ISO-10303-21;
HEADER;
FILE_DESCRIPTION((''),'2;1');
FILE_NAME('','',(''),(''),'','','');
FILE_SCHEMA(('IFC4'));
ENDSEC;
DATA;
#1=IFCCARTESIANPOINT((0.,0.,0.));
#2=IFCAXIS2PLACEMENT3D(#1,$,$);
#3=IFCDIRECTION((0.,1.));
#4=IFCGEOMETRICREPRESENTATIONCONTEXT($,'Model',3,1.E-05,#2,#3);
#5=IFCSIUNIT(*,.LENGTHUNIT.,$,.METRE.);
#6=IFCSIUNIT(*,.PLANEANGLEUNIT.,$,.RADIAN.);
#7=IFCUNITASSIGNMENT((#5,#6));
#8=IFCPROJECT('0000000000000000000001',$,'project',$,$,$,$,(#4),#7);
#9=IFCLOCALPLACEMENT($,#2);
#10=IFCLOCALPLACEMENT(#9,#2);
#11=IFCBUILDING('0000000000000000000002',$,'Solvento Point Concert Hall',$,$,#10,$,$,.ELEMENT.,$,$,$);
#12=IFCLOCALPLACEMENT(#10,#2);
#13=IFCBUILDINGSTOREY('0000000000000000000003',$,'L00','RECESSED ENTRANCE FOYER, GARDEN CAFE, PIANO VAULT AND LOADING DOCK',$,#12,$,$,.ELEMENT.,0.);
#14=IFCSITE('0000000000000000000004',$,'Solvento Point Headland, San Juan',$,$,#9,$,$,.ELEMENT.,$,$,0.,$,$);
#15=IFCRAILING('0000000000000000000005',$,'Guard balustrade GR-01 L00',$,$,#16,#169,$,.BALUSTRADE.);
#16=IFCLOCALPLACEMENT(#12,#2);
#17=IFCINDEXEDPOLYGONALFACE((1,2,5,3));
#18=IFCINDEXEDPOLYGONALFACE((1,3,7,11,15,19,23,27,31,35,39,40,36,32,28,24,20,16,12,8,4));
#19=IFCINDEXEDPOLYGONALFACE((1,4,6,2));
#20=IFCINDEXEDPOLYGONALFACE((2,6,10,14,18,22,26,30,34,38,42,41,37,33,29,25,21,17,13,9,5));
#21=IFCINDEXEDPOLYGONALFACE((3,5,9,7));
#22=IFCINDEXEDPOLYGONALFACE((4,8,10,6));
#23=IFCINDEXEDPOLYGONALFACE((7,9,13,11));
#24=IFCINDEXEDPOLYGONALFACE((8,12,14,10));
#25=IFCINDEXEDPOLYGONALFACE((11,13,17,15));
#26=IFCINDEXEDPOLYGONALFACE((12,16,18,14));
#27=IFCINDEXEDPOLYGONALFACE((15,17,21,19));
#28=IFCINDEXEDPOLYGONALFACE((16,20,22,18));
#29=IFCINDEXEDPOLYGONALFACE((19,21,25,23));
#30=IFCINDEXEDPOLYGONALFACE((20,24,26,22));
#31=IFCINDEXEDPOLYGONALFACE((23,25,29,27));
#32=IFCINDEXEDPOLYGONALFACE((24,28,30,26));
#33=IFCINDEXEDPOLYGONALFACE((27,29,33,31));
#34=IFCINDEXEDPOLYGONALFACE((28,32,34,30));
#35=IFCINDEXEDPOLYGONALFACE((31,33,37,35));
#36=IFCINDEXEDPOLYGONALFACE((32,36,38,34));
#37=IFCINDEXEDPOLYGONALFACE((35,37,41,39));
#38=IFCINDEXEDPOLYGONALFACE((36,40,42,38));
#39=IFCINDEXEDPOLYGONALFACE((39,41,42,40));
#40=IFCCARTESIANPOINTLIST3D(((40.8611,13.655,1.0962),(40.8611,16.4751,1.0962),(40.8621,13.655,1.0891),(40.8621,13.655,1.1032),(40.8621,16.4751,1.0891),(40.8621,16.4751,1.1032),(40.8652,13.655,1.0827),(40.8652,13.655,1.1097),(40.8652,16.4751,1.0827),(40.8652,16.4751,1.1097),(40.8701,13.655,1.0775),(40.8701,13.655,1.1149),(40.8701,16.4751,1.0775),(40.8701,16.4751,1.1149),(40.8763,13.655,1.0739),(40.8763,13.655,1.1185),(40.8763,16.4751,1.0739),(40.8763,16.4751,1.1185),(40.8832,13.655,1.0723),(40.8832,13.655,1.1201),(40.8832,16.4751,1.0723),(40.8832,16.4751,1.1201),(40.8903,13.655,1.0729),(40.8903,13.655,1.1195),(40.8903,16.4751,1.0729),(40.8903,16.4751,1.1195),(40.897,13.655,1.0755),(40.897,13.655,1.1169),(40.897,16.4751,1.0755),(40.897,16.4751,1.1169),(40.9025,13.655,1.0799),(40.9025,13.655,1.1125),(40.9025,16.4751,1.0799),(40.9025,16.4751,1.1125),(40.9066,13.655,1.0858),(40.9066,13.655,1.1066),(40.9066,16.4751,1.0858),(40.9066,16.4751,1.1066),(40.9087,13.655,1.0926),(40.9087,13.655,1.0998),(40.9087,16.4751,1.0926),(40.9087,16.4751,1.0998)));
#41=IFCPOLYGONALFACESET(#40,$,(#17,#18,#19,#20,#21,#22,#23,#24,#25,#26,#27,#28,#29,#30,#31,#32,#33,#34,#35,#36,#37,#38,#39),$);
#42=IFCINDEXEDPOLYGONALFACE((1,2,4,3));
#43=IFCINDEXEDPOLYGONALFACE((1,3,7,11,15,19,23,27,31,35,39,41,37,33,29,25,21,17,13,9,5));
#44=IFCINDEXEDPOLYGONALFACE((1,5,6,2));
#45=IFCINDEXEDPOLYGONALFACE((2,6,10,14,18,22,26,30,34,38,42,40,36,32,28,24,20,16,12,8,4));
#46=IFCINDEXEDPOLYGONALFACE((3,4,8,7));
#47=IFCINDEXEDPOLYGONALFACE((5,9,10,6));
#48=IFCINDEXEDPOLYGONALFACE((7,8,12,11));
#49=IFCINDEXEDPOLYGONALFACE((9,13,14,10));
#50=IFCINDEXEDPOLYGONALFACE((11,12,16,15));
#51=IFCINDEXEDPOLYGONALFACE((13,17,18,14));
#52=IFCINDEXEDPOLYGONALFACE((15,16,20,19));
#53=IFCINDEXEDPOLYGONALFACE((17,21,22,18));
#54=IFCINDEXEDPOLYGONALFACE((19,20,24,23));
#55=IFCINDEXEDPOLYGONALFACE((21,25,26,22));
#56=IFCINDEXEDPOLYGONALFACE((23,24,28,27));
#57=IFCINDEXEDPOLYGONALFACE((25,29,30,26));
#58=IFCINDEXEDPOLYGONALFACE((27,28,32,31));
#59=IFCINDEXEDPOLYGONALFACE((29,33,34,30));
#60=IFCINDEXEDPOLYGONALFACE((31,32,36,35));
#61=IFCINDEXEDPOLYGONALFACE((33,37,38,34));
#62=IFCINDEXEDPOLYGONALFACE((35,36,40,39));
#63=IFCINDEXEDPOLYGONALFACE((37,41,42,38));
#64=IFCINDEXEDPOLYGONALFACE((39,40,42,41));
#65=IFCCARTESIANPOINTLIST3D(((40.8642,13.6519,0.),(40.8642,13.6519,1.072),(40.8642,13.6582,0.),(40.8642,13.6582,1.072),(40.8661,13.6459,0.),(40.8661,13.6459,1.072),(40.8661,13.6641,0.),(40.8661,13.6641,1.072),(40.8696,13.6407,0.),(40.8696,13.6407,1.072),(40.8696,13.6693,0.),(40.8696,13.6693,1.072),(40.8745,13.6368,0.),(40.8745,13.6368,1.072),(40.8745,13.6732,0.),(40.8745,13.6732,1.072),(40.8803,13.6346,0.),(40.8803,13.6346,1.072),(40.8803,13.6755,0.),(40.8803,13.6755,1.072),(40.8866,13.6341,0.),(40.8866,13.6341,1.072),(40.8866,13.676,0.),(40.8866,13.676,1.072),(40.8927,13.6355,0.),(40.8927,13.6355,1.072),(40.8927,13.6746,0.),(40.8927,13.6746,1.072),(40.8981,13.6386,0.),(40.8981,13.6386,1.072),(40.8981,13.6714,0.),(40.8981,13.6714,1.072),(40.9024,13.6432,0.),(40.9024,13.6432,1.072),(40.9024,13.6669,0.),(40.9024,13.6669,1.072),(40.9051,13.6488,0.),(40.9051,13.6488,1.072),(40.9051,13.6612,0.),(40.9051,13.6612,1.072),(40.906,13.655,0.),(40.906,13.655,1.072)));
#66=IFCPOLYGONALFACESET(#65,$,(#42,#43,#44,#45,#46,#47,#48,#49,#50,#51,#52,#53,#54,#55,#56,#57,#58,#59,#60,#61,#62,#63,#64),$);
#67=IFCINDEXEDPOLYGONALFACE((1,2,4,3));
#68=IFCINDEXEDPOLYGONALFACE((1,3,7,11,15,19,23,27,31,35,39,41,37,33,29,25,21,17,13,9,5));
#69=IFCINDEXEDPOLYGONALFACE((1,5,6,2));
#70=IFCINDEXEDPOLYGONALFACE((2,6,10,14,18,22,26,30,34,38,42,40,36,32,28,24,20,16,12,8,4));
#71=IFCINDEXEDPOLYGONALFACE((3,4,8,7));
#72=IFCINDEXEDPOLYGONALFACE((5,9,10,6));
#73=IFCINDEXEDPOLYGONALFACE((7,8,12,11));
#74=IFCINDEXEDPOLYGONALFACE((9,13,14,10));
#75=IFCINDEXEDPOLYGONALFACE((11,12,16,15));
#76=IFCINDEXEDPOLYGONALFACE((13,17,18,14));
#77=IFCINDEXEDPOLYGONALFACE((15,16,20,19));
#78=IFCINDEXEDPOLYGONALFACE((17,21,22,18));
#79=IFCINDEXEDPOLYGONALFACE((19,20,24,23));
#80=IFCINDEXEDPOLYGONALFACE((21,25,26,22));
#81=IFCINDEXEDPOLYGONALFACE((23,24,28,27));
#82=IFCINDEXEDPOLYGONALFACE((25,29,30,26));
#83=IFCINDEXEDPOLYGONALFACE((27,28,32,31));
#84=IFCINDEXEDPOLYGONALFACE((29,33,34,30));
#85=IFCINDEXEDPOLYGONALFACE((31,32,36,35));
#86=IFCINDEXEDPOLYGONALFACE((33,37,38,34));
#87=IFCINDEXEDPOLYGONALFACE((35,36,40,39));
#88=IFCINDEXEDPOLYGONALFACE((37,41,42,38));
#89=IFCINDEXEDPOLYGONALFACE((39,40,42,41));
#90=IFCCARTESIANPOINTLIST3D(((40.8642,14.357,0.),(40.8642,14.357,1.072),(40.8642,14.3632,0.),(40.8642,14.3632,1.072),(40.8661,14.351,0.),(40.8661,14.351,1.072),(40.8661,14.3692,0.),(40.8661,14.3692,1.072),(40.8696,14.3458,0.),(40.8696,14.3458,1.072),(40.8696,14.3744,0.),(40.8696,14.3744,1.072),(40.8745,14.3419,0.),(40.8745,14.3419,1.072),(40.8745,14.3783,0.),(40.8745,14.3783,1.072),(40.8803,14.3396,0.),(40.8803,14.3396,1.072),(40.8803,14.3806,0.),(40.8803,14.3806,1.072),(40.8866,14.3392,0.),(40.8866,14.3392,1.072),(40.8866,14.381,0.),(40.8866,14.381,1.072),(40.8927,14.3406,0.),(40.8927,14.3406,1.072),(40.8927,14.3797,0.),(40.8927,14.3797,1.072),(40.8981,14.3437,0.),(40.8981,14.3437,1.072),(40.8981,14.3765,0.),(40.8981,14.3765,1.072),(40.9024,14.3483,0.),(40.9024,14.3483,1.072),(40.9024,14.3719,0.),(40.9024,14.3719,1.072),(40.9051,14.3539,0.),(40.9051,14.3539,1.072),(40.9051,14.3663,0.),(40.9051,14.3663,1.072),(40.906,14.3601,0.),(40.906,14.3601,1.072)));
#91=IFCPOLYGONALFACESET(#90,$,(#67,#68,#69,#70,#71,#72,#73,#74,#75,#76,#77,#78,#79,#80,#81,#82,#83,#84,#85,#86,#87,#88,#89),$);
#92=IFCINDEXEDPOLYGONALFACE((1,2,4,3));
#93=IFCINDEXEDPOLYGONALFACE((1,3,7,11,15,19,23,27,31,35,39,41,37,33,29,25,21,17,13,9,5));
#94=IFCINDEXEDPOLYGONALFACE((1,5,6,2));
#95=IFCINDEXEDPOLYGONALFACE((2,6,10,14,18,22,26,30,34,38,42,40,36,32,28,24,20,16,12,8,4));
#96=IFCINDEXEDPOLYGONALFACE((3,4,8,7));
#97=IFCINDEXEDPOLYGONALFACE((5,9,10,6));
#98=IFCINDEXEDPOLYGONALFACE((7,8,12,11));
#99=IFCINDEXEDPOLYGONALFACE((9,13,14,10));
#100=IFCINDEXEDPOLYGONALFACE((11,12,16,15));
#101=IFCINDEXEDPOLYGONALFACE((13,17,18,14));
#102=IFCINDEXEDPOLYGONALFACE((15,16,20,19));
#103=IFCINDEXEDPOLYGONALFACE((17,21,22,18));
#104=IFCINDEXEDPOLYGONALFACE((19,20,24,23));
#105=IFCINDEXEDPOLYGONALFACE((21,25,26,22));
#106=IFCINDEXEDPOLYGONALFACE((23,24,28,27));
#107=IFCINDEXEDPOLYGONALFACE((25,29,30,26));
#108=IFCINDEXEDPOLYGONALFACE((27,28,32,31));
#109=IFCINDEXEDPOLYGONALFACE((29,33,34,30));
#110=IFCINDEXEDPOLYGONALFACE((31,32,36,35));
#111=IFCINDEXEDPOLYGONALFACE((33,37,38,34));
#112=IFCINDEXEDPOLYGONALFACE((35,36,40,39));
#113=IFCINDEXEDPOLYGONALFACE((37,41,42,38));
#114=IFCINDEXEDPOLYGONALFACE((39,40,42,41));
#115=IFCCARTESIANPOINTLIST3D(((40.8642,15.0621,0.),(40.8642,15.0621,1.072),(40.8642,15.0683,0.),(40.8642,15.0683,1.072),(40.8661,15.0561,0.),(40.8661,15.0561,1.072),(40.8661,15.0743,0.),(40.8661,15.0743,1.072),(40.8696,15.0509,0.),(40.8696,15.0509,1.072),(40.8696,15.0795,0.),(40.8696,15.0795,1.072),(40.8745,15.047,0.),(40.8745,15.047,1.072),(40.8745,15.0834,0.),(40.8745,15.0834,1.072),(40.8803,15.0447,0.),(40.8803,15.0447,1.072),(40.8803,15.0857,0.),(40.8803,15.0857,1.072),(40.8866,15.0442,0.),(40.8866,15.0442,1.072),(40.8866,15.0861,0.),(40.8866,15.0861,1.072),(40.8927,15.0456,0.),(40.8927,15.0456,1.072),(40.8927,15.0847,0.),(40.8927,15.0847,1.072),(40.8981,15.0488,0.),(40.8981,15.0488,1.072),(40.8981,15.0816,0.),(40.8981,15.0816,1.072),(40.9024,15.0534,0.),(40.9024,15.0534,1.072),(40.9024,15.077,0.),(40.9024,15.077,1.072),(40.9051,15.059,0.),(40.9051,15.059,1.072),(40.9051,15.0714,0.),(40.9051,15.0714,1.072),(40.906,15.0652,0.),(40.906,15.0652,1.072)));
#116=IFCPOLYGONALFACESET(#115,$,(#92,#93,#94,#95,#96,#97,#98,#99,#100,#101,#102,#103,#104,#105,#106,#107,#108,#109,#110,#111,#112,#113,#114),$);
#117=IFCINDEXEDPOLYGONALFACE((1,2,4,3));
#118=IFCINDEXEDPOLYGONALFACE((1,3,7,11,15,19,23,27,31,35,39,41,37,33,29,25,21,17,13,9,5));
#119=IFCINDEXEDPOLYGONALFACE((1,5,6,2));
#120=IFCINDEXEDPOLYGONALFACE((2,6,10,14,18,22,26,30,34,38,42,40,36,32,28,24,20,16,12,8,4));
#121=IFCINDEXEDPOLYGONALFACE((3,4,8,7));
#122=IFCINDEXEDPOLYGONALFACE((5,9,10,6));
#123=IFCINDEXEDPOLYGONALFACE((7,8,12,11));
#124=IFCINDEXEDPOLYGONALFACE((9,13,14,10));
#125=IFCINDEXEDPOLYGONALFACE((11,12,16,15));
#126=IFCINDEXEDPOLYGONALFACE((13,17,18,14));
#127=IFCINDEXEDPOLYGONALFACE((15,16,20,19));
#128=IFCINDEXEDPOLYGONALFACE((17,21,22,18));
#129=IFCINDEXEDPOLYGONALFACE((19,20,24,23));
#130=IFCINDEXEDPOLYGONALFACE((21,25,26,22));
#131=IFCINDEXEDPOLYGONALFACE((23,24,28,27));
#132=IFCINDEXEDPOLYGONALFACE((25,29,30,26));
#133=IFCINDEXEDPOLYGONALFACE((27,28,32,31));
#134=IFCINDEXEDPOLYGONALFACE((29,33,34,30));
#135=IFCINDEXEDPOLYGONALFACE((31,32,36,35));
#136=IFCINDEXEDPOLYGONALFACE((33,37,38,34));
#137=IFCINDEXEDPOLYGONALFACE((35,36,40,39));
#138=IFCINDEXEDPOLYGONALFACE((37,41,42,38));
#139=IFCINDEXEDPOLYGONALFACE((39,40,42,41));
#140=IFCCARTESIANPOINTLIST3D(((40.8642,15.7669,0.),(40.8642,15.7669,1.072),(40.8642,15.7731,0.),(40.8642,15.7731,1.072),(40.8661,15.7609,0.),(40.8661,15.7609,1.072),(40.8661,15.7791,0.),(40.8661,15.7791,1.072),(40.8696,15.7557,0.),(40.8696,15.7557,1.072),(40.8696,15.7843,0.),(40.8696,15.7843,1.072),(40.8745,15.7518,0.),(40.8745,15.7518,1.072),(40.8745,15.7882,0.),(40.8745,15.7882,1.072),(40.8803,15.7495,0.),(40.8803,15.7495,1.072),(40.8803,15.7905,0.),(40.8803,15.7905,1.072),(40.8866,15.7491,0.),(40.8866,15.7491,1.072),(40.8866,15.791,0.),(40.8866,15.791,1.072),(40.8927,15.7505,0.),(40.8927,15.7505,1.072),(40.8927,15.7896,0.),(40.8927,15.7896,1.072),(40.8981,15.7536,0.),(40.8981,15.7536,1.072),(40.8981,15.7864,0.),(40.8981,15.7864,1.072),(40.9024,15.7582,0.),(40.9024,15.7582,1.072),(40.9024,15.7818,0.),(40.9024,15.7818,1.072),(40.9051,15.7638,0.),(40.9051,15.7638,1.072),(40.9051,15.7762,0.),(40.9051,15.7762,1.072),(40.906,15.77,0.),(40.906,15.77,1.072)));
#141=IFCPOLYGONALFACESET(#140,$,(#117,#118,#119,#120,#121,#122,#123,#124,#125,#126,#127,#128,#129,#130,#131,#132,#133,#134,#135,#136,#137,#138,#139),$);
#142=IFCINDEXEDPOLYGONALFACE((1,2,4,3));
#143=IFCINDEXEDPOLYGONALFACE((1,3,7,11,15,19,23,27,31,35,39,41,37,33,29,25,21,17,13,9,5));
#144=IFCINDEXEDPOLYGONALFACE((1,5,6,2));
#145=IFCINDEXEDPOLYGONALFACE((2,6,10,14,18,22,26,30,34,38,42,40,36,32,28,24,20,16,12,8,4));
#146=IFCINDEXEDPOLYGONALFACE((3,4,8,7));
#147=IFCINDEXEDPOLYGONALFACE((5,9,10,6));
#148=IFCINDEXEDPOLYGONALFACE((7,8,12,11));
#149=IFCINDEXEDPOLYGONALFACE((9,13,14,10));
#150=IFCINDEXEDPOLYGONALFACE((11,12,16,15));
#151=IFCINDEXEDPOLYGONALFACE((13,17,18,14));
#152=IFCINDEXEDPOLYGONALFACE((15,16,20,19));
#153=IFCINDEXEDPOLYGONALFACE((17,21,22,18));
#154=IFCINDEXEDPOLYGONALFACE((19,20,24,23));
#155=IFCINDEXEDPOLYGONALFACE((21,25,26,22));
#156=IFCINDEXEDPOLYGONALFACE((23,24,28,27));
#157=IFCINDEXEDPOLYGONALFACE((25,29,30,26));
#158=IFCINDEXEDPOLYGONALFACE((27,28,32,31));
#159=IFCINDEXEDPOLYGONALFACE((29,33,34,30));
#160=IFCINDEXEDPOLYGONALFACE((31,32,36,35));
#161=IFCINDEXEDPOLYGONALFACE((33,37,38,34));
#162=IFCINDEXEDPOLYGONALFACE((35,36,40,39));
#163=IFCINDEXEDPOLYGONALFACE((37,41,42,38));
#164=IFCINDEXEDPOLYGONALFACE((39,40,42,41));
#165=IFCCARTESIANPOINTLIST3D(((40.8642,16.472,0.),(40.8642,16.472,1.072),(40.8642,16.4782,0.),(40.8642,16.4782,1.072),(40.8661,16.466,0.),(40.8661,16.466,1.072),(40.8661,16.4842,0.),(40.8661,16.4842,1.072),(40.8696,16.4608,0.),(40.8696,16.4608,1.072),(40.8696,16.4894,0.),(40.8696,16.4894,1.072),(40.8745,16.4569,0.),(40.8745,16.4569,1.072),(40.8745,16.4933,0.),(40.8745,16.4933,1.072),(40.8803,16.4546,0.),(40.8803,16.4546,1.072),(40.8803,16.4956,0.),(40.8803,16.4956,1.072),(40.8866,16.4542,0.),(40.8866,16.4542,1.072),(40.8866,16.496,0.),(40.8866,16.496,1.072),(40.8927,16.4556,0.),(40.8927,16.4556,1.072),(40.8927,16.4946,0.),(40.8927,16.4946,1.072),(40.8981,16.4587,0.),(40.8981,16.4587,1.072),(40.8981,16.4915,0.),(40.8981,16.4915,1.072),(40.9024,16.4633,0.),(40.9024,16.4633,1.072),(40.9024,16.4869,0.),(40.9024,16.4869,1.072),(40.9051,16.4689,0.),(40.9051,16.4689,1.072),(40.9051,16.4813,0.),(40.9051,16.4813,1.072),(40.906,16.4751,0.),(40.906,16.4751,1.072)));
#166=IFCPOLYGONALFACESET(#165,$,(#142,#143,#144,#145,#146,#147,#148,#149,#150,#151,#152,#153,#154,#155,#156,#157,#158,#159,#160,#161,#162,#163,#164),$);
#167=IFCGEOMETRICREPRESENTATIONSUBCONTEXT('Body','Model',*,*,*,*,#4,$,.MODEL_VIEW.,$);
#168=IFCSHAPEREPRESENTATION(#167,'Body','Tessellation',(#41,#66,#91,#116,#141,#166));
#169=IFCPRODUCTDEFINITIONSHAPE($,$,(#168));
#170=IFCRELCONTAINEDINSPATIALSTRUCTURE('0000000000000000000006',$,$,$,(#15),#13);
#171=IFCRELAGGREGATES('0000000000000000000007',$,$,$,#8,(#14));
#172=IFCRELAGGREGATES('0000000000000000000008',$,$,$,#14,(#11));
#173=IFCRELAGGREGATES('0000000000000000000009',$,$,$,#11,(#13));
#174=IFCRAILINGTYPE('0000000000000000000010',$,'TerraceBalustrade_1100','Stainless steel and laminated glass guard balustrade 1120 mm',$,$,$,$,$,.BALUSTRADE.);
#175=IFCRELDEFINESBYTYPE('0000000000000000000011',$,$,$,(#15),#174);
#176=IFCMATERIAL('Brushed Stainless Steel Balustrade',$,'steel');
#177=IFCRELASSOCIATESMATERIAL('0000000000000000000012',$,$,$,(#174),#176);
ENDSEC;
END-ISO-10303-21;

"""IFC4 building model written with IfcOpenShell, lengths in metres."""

from ifc_helpers import new_model, si_unit, direction, frame, origin, origin_2d, place, context, subcontext, project, spatial, circle, extrude, material, type_object, element, save


model = new_model("IFC4")

# Units and contexts
model_context = context("Model", 3, precision=1e-05, world=origin(), true_north=direction((0.0, 1.0)))
body_context = subcontext(model_context, "Body", "Model", "MODEL_VIEW")
ifc_project = project(units=[si_unit("LENGTHUNIT", "METRE"), si_unit("PLANEANGLEUNIT", "RADIAN")], contexts=[model_context])

# Site, building, storey
site_placement = place(None, origin())
site = spatial("IfcSite", under=ifc_project, at=site_placement, Name="Solvento Point Headland, San Juan", CompositionType="ELEMENT", RefElevation=0.0)
building_placement = place(site_placement, origin())
building = spatial("IfcBuilding", under=site, at=building_placement, Name="Solvento Point Concert Hall", CompositionType="ELEMENT")
storey_placement = place(building_placement, origin())
storey = spatial("IfcBuildingStorey", under=building, at=storey_placement, Name="L00", Description="RECESSED ENTRANCE FOYER, GARDEN CAFE, PIANO VAULT AND LOADING DOCK", CompositionType="ELEMENT", Elevation=0.0)

# Railing
ifc_material_1 = material(Name="Brushed Stainless Steel Balustrade", Category="steel")
railing_type = type_object("IfcRailingType", Name="TerraceBalustrade_1100", Description="Stainless steel and laminated glass guard balustrade 1120 mm", PredefinedType="BALUSTRADE", material=ifc_material_1)
railing_placement = place(storey_placement, frame((40.885, 13.655, 0.0)))
element("IfcRailing", 1, at=railing_placement, inside=storey, type_object=railing_type, Name="Guard balustrade GR-01 L00", PredefinedType="BALUSTRADE", context=body_context, shape_type="SweptSolid", body=[
    extrude(circle(Radius=0.0239, at=origin_2d()), frame((0.0, 0.0, 1.0962), z_axis=(0.0, 1.0, 0.0), x_axis=(-1.0, 0.0, 0.0)), (0.0, 0.0, 1.0), 2.8201),
    extrude(circle(Radius=0.021, at=origin_2d()), origin(), (0.0, 0.0, 1.0), 1.072),
    extrude(circle(Radius=0.021, at=origin_2d()), frame((0.0, 0.7051, 0.0)), (0.0, 0.0, 1.0), 1.072),
    extrude(circle(Radius=0.021, at=origin_2d()), frame((0.0, 1.4102, 0.0)), (0.0, 0.0, 1.0), 1.072),
    extrude(circle(Radius=0.021, at=origin_2d()), frame((0.0, 2.115, 0.0)), (0.0, 0.0, 1.0), 1.072),
    extrude(circle(Radius=0.021, at=origin_2d()), frame((0.0, 2.8201, 0.0)), (0.0, 0.0, 1.0), 1.072),
])

save(model, "model.ifc")
